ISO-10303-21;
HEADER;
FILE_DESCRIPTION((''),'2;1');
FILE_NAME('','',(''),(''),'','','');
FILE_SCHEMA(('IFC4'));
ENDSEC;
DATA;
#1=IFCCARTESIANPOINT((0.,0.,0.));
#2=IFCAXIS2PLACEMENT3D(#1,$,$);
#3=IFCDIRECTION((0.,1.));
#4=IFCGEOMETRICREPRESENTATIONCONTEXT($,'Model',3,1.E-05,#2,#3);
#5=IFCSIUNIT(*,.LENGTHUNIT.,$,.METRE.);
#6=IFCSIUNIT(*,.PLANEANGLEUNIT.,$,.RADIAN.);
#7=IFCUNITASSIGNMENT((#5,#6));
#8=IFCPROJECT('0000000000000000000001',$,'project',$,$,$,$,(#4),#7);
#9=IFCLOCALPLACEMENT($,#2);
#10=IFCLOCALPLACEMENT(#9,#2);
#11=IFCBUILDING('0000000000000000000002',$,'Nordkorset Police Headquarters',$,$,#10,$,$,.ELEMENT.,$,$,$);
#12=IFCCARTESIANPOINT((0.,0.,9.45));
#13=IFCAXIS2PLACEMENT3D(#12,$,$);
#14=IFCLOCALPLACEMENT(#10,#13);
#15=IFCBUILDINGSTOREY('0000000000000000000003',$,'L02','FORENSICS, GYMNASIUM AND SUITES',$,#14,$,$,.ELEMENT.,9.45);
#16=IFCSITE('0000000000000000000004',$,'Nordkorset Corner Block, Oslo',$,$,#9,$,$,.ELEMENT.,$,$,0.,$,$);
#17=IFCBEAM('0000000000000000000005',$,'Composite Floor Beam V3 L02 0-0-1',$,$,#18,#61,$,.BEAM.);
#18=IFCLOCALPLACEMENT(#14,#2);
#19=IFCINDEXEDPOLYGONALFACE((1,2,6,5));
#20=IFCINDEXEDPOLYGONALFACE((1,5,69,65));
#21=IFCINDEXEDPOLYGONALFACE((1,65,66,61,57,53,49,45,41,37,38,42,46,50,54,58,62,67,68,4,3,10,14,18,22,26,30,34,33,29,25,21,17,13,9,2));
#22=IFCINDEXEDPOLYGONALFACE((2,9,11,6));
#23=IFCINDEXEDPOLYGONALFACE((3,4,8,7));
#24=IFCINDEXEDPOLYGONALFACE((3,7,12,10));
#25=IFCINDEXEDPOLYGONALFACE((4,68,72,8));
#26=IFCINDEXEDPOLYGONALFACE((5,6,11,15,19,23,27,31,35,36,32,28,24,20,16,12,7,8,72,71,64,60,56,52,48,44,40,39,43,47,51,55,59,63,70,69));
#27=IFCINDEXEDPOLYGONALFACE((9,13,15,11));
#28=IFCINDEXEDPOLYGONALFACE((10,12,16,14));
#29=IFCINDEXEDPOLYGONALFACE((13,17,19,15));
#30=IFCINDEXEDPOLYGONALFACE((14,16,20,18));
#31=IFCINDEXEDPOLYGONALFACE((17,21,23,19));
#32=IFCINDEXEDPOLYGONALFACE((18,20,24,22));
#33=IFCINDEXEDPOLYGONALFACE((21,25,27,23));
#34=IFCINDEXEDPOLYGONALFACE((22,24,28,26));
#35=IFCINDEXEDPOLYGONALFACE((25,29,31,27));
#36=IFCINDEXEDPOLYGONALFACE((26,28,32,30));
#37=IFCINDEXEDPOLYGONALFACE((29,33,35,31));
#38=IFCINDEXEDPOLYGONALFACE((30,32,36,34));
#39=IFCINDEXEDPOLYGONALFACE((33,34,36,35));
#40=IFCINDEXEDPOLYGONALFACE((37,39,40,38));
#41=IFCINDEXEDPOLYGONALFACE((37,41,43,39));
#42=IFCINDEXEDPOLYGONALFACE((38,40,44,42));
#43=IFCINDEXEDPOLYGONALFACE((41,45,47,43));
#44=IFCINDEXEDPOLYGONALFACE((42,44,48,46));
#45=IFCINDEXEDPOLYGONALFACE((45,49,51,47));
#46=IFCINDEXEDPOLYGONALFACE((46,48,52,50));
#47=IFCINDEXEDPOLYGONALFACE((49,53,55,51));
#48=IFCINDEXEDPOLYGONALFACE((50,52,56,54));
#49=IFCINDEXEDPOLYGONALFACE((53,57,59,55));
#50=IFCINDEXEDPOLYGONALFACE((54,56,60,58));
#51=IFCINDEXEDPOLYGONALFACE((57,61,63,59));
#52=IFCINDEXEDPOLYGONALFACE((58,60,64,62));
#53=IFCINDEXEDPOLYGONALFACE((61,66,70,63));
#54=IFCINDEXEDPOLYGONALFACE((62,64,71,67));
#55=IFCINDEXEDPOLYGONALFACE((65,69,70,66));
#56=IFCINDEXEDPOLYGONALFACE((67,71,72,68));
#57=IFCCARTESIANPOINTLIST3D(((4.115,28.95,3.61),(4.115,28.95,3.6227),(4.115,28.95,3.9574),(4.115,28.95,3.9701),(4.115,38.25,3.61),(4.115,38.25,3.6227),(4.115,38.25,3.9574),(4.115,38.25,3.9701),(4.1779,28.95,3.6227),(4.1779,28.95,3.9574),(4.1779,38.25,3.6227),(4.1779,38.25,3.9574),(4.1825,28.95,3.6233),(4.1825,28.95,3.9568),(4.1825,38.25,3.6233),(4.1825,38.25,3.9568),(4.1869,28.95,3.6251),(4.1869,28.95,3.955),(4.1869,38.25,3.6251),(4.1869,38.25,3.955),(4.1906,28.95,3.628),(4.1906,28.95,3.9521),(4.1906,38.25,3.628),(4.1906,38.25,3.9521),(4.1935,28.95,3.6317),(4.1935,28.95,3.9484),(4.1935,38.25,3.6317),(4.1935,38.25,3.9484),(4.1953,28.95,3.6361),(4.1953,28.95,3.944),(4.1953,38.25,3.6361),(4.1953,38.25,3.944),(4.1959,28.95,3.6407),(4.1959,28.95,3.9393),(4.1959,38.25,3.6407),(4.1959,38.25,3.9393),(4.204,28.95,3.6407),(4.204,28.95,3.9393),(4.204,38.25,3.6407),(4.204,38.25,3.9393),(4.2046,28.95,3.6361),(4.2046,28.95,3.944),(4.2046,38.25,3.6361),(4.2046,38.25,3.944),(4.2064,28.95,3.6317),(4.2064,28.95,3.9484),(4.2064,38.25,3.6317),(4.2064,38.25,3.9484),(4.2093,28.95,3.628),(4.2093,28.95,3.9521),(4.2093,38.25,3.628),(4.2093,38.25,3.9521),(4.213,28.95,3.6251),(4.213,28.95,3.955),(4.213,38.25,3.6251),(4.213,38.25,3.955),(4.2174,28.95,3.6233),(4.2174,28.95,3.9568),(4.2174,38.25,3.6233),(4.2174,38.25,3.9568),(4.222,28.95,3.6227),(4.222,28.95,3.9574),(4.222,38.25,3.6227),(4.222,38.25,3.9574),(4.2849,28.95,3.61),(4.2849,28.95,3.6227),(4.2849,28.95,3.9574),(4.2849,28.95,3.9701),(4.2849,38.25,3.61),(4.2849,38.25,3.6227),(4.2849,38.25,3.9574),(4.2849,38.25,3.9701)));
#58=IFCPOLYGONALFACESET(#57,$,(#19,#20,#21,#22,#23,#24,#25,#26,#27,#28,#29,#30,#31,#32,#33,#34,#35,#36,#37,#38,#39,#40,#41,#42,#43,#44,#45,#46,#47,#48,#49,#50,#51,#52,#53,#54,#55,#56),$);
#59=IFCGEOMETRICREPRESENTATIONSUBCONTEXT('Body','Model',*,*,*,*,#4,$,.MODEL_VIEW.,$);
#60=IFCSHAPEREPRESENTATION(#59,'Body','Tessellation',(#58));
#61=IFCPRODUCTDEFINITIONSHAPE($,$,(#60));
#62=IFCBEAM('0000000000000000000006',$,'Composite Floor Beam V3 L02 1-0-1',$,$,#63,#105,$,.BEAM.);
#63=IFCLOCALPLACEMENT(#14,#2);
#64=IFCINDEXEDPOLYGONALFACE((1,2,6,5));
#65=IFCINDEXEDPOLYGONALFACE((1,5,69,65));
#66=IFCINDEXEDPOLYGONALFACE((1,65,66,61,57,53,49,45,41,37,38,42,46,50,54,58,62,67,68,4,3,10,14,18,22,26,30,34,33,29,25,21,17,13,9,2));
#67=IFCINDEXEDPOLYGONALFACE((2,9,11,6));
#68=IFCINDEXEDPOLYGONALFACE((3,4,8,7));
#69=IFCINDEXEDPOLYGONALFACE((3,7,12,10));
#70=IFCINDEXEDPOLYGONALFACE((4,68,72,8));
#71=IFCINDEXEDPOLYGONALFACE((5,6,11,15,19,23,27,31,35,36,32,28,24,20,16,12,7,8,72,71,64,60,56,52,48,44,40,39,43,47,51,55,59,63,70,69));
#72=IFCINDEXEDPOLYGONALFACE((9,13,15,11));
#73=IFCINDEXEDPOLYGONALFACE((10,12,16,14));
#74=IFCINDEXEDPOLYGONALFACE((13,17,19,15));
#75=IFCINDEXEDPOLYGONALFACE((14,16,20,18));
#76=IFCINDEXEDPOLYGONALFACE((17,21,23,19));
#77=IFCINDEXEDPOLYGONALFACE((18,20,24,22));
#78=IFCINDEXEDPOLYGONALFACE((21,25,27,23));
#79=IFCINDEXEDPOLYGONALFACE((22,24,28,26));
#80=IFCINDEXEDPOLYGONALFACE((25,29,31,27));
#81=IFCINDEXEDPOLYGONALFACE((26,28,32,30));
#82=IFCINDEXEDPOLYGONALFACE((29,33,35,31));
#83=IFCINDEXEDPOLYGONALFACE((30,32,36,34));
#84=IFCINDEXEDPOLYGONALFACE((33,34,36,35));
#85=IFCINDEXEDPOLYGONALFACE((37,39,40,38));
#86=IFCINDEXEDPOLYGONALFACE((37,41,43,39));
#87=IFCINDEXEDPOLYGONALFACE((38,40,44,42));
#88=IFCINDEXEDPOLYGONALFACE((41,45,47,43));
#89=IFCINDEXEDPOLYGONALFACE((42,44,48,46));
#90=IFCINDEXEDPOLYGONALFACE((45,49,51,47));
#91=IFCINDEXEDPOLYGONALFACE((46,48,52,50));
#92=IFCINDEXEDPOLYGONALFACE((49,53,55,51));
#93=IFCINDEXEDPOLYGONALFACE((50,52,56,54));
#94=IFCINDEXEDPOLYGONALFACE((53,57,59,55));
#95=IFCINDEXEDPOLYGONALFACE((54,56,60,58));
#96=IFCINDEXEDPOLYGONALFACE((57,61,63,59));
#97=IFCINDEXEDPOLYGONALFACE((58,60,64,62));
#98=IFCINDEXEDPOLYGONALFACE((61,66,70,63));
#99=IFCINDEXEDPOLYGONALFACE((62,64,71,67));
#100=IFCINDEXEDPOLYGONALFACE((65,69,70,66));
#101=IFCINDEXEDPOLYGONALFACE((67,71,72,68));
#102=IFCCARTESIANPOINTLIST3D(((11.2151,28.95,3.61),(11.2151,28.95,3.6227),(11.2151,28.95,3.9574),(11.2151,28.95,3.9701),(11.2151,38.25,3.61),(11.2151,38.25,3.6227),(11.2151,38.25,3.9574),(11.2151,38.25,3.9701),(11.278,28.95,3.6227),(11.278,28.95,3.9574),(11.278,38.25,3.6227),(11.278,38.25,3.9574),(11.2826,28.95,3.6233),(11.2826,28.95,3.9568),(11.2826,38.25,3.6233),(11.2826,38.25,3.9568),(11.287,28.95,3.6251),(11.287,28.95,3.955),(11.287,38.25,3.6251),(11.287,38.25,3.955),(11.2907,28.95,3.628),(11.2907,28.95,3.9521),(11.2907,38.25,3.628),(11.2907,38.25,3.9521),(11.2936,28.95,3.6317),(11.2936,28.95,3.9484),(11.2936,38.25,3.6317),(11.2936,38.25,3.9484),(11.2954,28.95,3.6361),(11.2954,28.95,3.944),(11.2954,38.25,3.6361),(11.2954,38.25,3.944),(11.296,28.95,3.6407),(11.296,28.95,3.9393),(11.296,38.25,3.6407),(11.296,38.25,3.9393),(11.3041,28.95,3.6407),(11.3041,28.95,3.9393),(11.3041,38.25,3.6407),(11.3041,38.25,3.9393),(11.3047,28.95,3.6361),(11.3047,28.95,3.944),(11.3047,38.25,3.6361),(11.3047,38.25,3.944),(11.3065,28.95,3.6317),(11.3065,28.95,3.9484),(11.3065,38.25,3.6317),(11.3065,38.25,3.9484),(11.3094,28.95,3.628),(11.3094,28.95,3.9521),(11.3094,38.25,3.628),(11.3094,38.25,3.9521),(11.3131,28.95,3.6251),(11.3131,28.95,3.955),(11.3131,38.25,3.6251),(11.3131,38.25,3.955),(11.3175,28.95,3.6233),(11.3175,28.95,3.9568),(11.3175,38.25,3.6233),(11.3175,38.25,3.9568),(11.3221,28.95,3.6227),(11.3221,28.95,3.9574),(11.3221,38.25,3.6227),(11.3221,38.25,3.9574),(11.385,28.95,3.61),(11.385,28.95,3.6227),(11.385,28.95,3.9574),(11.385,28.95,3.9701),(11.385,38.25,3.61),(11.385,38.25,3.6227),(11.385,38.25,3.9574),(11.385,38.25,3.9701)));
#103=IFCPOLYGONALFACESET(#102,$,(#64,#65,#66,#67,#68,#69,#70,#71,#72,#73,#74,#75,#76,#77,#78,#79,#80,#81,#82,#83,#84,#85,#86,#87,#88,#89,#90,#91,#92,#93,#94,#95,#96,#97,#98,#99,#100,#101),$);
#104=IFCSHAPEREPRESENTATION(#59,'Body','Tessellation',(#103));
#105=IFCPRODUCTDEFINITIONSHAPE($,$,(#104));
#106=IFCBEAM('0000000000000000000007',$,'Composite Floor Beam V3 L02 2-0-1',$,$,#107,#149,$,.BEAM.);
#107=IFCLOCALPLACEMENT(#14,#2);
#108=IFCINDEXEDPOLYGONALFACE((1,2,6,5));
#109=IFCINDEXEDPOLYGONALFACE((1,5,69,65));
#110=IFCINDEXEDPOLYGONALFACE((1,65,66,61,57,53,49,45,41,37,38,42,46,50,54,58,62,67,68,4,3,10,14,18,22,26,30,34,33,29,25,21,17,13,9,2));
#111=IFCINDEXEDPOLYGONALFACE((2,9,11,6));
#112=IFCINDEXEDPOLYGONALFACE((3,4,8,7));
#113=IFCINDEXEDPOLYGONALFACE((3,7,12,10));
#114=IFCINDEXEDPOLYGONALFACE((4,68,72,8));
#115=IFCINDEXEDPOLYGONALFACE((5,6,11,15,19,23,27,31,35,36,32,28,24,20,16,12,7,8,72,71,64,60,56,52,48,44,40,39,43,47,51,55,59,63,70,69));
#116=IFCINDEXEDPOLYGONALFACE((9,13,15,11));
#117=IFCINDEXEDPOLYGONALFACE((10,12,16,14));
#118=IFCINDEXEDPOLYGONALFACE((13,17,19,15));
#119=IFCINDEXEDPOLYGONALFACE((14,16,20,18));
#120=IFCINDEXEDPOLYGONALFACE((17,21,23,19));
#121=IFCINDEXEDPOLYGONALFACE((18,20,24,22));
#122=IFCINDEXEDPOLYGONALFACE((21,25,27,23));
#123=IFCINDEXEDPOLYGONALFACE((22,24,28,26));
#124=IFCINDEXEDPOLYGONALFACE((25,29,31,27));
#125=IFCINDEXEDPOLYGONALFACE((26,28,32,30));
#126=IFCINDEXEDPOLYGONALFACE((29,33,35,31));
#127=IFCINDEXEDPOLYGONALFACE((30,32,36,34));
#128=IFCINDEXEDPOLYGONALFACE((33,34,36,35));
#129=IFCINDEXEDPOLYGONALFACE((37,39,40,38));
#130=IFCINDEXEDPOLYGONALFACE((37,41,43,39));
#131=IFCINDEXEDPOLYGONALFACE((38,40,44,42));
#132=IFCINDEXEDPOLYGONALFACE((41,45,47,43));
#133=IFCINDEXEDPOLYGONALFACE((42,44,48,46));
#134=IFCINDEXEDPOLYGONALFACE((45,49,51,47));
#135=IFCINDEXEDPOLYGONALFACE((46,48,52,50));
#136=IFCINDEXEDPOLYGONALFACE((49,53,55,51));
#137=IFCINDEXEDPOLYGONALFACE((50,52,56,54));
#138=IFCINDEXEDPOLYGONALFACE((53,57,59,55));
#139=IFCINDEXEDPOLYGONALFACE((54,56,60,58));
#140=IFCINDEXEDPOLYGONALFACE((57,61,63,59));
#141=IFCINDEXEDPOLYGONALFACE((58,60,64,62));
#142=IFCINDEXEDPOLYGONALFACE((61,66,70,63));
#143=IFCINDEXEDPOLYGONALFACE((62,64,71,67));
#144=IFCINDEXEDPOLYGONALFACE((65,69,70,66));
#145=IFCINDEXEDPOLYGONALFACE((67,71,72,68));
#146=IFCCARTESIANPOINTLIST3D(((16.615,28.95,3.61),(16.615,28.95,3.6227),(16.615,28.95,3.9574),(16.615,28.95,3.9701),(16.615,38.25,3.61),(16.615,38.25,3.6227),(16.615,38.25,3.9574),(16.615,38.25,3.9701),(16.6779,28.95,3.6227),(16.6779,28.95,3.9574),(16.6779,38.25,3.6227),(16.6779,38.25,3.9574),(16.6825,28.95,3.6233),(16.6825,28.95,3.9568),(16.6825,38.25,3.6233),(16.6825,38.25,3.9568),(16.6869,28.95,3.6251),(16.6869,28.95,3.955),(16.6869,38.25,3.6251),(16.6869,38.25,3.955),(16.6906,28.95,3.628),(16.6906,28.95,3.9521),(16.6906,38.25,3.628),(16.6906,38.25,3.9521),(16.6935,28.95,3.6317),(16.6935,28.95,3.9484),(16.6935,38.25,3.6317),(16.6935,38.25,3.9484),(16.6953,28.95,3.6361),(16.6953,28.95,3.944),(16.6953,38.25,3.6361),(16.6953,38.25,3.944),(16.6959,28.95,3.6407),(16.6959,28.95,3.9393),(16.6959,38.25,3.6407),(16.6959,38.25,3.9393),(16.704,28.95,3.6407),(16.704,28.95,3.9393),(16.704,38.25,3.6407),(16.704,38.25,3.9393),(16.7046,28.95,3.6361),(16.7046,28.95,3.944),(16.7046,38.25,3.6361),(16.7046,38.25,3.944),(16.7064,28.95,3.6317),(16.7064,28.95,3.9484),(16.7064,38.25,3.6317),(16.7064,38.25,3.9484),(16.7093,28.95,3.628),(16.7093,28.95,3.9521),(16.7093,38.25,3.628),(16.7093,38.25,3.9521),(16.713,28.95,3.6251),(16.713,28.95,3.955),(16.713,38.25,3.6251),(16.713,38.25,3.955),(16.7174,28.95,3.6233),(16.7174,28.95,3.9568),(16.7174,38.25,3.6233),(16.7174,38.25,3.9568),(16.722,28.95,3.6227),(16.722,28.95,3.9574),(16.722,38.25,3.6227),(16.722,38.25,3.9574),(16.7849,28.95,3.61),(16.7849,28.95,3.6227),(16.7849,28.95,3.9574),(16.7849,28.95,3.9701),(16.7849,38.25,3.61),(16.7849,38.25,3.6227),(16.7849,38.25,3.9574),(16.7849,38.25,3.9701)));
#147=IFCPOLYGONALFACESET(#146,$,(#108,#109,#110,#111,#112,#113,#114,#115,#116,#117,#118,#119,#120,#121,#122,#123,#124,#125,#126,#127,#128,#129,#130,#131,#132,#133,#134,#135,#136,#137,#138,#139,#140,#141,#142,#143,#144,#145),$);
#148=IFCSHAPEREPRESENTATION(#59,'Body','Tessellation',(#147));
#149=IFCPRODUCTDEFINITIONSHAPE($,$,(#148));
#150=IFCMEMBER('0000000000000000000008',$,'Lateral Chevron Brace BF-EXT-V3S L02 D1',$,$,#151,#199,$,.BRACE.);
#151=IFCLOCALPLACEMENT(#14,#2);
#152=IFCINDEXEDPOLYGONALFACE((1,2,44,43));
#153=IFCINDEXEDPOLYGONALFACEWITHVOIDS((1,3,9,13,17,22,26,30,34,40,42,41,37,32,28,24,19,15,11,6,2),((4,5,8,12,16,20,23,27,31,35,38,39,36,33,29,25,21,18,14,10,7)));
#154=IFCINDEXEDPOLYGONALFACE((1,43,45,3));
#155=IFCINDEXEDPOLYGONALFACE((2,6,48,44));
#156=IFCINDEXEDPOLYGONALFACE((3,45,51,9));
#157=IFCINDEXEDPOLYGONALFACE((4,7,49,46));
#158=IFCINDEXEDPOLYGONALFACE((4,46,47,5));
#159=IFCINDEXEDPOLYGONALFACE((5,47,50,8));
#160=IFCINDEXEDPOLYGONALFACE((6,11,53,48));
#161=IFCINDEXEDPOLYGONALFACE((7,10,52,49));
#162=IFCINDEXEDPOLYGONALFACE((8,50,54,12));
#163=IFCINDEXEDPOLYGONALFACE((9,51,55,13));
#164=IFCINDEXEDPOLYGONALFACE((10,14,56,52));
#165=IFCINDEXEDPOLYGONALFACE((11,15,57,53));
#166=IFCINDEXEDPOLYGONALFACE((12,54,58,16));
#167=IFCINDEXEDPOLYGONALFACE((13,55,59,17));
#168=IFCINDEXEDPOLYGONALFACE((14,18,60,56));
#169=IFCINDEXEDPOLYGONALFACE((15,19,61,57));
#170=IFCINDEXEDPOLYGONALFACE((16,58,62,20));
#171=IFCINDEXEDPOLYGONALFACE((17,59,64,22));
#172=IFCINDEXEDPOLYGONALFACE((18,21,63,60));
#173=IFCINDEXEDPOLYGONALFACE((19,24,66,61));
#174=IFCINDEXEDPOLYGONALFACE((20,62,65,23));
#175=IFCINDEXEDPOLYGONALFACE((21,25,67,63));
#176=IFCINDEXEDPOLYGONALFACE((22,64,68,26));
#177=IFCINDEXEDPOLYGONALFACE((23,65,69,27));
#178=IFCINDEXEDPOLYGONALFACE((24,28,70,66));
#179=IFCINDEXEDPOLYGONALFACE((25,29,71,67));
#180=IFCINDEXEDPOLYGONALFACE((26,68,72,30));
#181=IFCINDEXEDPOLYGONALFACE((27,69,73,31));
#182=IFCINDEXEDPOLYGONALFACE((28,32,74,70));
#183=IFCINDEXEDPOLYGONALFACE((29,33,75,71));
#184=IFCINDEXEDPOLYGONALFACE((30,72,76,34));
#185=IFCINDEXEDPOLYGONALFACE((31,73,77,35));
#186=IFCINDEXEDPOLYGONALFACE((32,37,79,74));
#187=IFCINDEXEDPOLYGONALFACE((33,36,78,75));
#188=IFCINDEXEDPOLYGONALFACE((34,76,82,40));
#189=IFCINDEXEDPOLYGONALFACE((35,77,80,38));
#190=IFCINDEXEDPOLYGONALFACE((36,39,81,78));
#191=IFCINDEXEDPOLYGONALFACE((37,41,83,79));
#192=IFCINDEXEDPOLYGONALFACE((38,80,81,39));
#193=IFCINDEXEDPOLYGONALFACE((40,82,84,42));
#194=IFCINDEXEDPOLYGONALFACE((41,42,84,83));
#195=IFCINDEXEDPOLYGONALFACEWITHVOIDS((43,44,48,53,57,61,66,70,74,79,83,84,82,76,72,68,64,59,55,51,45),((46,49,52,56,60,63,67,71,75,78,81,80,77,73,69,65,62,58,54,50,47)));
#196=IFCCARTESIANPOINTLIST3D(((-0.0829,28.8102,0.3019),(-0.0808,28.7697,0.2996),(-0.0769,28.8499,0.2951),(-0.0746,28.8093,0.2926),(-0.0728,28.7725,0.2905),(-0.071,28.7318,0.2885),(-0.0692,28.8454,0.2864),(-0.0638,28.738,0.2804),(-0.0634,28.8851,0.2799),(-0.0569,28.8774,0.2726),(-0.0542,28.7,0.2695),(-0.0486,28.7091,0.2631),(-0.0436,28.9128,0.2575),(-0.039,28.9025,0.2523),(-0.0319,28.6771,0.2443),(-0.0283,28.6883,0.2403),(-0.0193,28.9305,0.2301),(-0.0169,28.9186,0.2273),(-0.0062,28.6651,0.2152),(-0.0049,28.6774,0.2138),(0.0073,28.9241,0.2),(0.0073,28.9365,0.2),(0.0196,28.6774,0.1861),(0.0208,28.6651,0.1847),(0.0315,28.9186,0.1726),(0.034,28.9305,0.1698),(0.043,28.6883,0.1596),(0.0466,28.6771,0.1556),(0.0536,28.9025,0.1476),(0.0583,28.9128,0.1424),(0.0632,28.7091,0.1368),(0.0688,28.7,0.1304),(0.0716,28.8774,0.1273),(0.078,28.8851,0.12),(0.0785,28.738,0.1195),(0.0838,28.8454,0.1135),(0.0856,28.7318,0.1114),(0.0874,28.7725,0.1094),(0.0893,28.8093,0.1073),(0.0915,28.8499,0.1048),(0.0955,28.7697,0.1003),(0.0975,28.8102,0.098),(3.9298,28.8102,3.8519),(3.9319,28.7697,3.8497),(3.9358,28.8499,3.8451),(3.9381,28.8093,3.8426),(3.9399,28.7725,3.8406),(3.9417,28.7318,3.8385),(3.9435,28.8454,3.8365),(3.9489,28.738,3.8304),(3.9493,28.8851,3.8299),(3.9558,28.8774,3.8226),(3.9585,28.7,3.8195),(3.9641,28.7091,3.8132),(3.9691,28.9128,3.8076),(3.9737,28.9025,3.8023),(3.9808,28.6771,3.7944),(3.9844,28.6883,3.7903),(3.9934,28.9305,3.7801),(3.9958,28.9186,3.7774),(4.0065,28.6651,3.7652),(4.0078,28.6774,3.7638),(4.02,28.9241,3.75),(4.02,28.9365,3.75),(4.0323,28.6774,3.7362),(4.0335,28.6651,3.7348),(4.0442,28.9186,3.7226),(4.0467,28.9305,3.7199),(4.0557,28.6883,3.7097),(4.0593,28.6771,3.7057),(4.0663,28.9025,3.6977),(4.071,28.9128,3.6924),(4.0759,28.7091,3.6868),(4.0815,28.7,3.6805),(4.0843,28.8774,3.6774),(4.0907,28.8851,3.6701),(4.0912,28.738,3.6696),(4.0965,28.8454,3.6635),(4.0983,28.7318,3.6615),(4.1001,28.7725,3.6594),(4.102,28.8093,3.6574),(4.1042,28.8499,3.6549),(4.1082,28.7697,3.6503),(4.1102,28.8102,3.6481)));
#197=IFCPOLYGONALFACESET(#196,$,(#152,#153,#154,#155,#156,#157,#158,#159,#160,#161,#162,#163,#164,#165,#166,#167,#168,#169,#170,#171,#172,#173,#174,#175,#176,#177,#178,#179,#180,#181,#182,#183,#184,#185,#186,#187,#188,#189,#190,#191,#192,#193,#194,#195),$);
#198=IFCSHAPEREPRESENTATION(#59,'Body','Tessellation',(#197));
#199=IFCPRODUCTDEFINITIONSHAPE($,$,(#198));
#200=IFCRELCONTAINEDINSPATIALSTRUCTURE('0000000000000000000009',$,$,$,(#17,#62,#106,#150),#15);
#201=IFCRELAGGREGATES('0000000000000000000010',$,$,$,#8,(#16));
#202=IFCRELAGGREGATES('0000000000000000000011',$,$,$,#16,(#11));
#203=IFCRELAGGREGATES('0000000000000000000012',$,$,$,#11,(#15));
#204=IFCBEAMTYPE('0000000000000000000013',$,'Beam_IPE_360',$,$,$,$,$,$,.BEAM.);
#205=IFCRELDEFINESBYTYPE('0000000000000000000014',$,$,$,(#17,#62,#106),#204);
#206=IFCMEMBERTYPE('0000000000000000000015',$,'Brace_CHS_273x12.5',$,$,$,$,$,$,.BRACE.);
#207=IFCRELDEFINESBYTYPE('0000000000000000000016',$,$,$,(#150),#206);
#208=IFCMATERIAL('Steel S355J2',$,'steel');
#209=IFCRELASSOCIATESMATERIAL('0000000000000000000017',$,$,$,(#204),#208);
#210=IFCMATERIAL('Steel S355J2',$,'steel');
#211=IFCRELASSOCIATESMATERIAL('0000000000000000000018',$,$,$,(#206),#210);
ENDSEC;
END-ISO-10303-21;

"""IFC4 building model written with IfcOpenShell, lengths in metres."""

from ifc_helpers import new_model, si_unit, direction, frame, origin, origin_2d, place, context, subcontext, project, spatial, hollow_circle, i_section, extrude, material, material_profile, profile_set, type_object, element, save


model = new_model("IFC4")

# Units and contexts
model_context = context("Model", 3, precision=1e-05, world=origin(), true_north=direction((0.0, 1.0)))
body_context = subcontext(model_context, "Body", "Model", "MODEL_VIEW")
ifc_project = project(units=[si_unit("LENGTHUNIT", "METRE"), si_unit("PLANEANGLEUNIT", "RADIAN")], contexts=[model_context])

# Site, building, storey
site_placement = place(None, origin())
site = spatial("IfcSite", under=ifc_project, at=site_placement, Name="Nordkorset Corner Block, Oslo", CompositionType="ELEMENT", RefElevation=0.0)
building_placement = place(site_placement, origin())
building = spatial("IfcBuilding", under=site, at=building_placement, Name="Nordkorset Police Headquarters", CompositionType="ELEMENT")
storey_placement = place(building_placement, frame((0.0, 0.0, 9.45)))
storey = spatial("IfcBuildingStorey", under=building, at=storey_placement, Name="L02", Description="FORENSICS, GYMNASIUM AND SUITES", CompositionType="ELEMENT", Elevation=9.45)

# Beams
ifc_material_1 = material(Name="Steel S355J2", Category="steel")
ifc_material_profile_1 = material_profile(ifc_material_1, i_section(OverallWidth=0.1699, OverallDepth=0.3601, WebThickness=0.0081, FlangeThickness=0.0127, FilletRadius=0.0181, at=origin_2d()), Name="IPE 360")
ifc_profile_set_1 = profile_set([ifc_material_profile_1], Name="Steel S355J2")
beam_type_1 = type_object("IfcBeamType", Name="Beam_IPE_360", PredefinedType="BEAM", material=ifc_profile_set_1)
for number, where, z_axis, x_axis, name in (
    (1, (4.2, 28.95, 3.79), (0.0, 1.0, 0.0), (-1.0, 0.0, 0.0), "Composite Floor Beam V3 L02 0-0-1"),
    (2, (11.3, 28.95, 3.79), (0.0, 1.0, 0.0), (-1.0, 0.0, 0.0), "Composite Floor Beam V3 L02 1-0-1"),
    (3, (16.7, 28.95, 3.79), (0.0, 1.0, 0.0), (-1.0, 0.0, 0.0), "Composite Floor Beam V3 L02 2-0-1"),
):
    element("IfcBeam", number, at=place(storey_placement, frame(where, z_axis=z_axis, x_axis=x_axis)), inside=storey, type_object=beam_type_1, Name=name, PredefinedType="BEAM", context=body_context, shape_type="SweptSolid", body=[
        extrude(i_section(OverallWidth=0.1699, OverallDepth=0.3601, WebThickness=0.0081, FlangeThickness=0.0127, FilletRadius=0.0181, at=origin_2d()), origin(), (0.0, 0.0, 1.0), 9.3),
    ])

# Member
ifc_material_2 = material(Name="Steel S355J2", Category="steel")
ifc_material_profile_2 = material_profile(ifc_material_2, hollow_circle(Radius=0.1365, WallThickness=0.0125, at=origin_2d()), Name="CHS 273x12.5")
ifc_profile_set_2 = profile_set([ifc_material_profile_2], Name="Steel S355J2")
member_type_1 = type_object("IfcMemberType", Name="Brace_CHS_273x12.5", PredefinedType="BRACE", material=ifc_profile_set_2)
for number, where, z_axis, x_axis, name in (
    (4, (0.0073, 28.8, 0.2), (0.748964, 0.0, 0.662611), (0.0, 1.0, 0.0), "Lateral Chevron Brace BF-EXT-V3S L02 D1"),
):
    element("IfcMember", number, at=place(storey_placement, frame(where, z_axis=z_axis, x_axis=x_axis)), inside=storey, type_object=member_type_1, Name=name, PredefinedType="BRACE", context=body_context, shape_type="SweptSolid", body=[
        extrude(hollow_circle(Radius=0.1365, WallThickness=0.0125, at=origin_2d()), origin(), (0.0, 0.0, 1.0), 5.3577),
    ])

save(model, "model.ifc")
